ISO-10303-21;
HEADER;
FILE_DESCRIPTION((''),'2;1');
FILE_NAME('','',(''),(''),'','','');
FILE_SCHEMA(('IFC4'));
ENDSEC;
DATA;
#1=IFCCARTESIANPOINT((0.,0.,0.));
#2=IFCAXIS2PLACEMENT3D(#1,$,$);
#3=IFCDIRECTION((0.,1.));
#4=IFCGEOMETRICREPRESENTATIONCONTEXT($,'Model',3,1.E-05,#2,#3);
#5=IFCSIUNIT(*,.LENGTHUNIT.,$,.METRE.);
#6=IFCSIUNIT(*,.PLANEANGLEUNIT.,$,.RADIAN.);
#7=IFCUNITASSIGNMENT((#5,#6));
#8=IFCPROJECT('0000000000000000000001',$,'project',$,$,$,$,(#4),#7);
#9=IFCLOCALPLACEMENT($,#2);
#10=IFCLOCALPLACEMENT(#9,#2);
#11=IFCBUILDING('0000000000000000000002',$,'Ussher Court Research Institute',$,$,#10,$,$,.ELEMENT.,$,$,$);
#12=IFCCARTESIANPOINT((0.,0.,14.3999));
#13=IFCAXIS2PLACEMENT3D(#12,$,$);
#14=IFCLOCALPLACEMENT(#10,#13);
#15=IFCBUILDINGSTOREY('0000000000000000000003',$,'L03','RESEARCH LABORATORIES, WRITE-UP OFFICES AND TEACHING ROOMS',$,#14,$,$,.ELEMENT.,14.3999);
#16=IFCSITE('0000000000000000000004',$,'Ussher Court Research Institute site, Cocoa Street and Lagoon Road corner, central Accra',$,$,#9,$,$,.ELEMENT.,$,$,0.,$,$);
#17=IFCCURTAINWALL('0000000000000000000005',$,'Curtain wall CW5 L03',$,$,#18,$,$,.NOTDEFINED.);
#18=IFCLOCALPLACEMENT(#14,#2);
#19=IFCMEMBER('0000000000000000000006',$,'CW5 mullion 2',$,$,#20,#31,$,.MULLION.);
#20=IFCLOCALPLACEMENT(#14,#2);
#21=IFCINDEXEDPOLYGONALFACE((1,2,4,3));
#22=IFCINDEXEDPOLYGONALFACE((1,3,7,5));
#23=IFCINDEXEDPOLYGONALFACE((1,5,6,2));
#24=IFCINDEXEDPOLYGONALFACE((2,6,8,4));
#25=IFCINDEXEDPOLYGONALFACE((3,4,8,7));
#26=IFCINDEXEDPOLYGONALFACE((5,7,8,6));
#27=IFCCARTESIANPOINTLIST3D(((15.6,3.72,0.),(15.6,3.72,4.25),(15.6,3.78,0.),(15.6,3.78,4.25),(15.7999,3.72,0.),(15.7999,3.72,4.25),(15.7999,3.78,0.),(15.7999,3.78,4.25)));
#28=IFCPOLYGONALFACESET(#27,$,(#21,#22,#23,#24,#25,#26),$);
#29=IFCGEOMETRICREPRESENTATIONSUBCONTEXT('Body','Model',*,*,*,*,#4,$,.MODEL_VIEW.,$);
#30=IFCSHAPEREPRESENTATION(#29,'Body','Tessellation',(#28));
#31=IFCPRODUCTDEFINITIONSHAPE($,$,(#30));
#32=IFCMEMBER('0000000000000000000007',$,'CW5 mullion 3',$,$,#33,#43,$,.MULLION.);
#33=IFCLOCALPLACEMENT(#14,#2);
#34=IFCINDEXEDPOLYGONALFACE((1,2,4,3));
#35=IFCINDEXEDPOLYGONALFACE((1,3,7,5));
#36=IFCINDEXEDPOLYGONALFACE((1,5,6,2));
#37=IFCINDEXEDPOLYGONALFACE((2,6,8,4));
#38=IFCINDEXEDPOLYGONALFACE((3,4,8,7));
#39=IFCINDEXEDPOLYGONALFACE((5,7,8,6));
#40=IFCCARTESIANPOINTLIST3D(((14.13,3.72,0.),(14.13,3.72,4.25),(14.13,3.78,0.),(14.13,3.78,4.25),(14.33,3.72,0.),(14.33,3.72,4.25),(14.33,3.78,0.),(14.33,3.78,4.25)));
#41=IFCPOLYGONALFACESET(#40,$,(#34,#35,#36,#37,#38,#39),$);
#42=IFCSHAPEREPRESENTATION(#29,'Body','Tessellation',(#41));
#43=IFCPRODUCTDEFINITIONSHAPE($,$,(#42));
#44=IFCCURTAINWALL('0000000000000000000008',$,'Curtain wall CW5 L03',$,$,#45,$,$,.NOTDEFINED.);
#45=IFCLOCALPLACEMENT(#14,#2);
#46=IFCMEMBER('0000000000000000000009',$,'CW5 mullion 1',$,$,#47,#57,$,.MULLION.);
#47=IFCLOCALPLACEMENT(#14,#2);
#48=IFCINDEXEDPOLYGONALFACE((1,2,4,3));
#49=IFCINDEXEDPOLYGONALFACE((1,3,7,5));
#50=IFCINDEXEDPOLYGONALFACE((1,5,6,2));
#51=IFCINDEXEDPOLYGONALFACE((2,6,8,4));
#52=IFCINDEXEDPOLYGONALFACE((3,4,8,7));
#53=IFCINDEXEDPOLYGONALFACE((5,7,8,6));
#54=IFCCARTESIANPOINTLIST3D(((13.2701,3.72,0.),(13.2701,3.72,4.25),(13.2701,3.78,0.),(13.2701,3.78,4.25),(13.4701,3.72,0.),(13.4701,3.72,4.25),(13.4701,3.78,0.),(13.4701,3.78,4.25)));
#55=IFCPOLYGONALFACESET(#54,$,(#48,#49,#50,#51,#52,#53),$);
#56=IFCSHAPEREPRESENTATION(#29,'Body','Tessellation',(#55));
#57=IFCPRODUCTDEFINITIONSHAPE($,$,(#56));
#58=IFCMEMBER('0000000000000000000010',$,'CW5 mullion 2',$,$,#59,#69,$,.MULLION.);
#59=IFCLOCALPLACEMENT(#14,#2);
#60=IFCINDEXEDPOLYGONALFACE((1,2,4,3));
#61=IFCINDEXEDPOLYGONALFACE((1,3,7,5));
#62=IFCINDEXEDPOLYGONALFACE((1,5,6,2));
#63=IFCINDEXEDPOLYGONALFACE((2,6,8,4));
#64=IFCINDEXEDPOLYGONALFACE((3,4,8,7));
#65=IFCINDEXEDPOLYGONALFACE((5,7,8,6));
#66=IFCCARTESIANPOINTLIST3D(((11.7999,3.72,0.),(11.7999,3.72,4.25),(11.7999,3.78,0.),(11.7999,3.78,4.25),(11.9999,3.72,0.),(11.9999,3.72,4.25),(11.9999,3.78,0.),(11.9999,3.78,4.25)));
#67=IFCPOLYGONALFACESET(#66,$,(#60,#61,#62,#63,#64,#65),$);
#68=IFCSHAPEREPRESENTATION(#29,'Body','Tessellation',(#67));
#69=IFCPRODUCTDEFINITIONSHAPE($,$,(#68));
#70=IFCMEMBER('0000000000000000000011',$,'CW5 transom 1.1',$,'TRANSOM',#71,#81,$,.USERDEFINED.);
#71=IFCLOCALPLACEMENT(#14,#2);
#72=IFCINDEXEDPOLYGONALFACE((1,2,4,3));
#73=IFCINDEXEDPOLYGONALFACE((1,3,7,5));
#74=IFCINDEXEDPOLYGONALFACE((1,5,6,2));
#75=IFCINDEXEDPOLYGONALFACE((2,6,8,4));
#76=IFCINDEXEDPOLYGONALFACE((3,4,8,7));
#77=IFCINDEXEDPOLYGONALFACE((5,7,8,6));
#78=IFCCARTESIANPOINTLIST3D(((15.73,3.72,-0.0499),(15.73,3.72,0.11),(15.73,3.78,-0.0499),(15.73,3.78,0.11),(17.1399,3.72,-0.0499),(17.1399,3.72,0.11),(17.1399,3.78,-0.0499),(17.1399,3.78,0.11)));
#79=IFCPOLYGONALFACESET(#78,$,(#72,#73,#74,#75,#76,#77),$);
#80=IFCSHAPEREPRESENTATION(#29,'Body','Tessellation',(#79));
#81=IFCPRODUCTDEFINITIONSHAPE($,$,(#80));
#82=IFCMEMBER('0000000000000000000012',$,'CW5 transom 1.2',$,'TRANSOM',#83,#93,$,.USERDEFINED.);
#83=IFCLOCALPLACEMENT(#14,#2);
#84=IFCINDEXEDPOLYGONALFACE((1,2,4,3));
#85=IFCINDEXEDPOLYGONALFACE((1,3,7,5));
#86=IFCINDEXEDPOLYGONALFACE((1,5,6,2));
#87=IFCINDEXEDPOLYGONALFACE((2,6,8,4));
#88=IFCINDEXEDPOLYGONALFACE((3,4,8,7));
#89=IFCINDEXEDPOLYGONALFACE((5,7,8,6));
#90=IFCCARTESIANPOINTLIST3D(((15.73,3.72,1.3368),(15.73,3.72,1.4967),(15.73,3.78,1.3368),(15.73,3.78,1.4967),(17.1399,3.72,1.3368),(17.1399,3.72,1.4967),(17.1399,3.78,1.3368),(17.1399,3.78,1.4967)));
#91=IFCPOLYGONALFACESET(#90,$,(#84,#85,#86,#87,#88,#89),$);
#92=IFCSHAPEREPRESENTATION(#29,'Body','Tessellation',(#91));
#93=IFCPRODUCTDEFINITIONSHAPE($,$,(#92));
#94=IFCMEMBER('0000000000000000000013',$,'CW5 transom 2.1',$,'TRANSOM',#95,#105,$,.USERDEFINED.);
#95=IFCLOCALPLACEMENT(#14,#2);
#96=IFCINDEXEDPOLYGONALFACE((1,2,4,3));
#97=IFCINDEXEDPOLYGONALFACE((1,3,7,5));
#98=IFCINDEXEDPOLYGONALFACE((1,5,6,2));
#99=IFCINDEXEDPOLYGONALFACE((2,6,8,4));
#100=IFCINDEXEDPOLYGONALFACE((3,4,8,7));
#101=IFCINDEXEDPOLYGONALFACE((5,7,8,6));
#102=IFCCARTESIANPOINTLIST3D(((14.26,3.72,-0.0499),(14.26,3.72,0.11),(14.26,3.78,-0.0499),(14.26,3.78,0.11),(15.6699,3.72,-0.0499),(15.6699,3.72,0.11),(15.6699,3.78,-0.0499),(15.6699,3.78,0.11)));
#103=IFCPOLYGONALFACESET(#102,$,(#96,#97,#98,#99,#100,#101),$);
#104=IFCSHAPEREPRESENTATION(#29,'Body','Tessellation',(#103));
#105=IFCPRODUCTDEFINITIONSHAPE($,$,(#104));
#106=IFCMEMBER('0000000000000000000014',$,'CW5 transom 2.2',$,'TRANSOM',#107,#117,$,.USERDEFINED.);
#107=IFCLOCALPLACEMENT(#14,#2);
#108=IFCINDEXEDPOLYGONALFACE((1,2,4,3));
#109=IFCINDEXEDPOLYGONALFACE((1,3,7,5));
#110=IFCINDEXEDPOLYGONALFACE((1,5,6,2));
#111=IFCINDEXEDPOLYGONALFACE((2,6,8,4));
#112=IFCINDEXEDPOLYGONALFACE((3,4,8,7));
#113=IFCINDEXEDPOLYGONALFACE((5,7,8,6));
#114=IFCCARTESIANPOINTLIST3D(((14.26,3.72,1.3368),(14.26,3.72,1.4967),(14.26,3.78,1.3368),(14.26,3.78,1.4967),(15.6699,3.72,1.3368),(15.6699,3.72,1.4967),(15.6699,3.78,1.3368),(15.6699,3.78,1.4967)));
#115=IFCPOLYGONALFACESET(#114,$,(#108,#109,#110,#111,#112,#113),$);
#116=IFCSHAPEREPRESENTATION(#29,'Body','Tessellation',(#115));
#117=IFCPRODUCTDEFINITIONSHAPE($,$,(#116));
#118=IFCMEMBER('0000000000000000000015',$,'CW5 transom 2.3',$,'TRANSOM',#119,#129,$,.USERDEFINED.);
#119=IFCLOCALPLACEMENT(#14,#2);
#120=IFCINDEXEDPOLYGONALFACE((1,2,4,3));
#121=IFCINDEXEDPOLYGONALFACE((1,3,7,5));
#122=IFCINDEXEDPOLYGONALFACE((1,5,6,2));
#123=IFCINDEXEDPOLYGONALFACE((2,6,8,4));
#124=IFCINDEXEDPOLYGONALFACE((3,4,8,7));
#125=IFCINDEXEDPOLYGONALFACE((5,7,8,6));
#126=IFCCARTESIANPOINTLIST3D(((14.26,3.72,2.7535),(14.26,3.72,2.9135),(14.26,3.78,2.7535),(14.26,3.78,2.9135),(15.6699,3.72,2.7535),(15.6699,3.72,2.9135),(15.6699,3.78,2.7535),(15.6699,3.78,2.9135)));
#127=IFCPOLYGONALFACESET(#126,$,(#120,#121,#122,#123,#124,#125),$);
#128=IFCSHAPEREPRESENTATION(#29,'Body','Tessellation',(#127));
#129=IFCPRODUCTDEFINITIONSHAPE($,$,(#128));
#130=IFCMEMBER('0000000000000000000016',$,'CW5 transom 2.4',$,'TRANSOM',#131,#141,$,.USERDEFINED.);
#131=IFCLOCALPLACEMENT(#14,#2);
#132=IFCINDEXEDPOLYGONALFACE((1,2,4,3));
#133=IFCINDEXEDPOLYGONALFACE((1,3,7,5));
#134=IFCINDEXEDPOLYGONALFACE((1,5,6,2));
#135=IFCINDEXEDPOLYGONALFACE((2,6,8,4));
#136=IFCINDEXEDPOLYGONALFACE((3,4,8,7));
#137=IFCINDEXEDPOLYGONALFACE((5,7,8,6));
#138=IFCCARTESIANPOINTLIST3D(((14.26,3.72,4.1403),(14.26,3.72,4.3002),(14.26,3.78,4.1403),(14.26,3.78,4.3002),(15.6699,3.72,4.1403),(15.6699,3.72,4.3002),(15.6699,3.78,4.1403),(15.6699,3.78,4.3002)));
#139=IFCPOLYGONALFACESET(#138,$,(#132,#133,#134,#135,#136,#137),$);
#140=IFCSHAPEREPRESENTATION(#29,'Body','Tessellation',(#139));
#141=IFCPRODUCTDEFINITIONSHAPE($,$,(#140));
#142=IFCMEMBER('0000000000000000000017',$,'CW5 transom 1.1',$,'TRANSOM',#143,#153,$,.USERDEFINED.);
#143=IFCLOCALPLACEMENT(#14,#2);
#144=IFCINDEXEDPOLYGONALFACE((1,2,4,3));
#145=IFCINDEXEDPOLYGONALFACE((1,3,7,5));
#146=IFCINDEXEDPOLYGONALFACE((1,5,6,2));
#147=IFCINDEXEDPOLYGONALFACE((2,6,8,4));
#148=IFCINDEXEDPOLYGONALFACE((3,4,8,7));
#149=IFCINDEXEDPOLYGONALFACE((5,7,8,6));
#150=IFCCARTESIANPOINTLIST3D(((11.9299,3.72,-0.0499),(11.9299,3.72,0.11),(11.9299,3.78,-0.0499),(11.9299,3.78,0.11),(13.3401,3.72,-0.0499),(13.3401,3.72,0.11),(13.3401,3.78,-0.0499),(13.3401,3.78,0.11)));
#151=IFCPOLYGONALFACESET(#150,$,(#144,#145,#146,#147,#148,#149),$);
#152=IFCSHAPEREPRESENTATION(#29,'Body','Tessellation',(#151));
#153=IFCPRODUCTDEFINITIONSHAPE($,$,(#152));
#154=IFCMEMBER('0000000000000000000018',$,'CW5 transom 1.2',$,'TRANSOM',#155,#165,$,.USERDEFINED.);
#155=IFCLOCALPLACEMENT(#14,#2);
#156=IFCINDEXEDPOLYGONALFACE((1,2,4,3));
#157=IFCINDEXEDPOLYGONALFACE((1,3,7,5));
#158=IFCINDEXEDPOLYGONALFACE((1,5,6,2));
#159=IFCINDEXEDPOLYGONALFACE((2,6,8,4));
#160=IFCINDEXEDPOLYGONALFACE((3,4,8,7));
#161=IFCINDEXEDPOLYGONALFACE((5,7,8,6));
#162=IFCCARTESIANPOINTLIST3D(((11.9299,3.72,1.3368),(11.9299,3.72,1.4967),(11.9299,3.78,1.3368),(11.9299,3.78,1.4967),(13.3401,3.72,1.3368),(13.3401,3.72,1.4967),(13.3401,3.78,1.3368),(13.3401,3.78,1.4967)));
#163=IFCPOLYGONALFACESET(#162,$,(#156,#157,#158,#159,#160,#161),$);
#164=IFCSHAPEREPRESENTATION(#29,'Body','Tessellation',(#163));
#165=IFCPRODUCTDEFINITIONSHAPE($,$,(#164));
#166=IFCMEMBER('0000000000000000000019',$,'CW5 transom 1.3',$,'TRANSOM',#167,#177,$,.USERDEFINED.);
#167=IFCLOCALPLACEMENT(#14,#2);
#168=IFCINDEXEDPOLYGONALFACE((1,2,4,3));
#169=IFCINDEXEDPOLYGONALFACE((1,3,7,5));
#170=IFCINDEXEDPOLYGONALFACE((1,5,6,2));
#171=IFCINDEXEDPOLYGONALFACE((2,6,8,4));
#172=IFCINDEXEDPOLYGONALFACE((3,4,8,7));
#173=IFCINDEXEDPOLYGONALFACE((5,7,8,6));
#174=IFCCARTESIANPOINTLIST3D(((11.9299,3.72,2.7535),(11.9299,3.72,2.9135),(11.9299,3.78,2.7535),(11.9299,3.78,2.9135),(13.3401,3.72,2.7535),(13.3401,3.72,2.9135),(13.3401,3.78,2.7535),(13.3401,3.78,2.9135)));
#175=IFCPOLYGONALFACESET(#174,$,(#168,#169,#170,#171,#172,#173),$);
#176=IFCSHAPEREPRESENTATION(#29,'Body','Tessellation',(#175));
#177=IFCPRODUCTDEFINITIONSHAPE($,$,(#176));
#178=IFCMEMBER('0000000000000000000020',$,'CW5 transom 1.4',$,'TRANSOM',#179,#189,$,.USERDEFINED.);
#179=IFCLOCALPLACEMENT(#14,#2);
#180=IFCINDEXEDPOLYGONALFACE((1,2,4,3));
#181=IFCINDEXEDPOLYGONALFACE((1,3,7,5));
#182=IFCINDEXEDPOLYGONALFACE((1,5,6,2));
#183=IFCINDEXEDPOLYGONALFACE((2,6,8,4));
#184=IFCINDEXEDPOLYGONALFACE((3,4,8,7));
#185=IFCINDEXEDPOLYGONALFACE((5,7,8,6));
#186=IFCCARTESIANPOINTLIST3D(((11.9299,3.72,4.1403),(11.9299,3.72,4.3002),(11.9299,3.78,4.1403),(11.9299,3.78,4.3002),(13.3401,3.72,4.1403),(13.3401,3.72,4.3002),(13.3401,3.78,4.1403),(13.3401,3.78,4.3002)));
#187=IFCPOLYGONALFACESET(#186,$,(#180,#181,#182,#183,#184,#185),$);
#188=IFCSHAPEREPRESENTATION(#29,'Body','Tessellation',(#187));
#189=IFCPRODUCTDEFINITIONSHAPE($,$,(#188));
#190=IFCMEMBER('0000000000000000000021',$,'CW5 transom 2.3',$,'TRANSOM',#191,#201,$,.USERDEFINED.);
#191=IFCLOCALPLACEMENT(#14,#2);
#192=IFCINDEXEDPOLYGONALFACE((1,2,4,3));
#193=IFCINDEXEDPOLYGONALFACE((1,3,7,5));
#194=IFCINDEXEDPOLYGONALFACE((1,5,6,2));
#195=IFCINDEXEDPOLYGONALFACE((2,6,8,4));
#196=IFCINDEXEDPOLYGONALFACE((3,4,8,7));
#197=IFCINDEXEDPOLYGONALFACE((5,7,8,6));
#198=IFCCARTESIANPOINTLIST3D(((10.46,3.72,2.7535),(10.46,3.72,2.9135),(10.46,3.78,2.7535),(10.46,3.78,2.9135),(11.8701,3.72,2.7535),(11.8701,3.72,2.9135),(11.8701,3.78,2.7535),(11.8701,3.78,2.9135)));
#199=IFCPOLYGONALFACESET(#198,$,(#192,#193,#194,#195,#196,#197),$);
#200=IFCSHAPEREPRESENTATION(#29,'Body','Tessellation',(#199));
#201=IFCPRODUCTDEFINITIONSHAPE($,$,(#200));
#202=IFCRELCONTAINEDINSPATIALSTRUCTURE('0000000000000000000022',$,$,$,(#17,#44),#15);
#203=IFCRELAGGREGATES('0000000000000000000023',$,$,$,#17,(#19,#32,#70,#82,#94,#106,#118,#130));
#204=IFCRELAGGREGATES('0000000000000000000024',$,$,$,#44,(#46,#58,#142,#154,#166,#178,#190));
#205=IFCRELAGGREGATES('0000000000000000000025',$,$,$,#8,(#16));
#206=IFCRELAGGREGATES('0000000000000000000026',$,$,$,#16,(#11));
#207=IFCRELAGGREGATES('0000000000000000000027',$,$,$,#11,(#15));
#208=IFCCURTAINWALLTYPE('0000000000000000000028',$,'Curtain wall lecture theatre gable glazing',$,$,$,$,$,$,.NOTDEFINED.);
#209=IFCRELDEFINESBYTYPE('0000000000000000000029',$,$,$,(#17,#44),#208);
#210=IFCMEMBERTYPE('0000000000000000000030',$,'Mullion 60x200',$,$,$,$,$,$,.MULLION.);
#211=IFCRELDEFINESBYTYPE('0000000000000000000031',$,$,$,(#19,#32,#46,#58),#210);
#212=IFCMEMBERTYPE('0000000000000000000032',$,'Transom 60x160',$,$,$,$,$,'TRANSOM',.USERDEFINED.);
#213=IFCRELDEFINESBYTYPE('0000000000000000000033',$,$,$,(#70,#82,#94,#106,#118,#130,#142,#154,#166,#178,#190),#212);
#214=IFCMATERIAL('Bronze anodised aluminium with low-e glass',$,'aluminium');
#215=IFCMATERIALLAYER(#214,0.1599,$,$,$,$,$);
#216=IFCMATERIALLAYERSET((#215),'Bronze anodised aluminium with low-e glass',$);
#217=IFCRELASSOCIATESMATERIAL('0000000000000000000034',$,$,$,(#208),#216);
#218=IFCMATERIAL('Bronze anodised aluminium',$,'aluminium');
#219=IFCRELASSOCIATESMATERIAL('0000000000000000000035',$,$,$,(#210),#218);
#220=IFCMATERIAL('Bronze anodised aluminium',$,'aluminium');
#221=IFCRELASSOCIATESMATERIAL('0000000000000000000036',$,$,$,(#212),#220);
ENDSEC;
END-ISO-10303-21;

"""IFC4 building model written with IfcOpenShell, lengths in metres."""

from ifc_helpers import new_model, si_unit, direction, frame, origin, origin_2d, place, context, subcontext, project, spatial, rectangle, extrude, material, layer, layer_set, material_profile, profile_set, type_object, element, aggregate, save


model = new_model("IFC4")

# Units and contexts
model_context = context("Model", 3, precision=1e-05, world=origin(), true_north=direction((0.0, 1.0)))
body_context = subcontext(model_context, "Body", "Model", "MODEL_VIEW")
ifc_project = project(units=[si_unit("LENGTHUNIT", "METRE"), si_unit("PLANEANGLEUNIT", "RADIAN")], contexts=[model_context])

# Site, building, storey
site_placement = place(None, origin())
site = spatial("IfcSite", under=ifc_project, at=site_placement, Name="Ussher Court Research Institute site, Cocoa Street and Lagoon Road corner, central Accra", CompositionType="ELEMENT", RefElevation=0.0)
building_placement = place(site_placement, origin())
building = spatial("IfcBuilding", under=site, at=building_placement, Name="Ussher Court Research Institute", CompositionType="ELEMENT")
storey_placement = place(building_placement, frame((0.0, 0.0, 14.3999)))
storey = spatial("IfcBuildingStorey", under=building, at=storey_placement, Name="L03", Description="RESEARCH LABORATORIES, WRITE-UP OFFICES AND TEACHING ROOMS", CompositionType="ELEMENT", Elevation=14.3999)

# Curtain walls, members
ifc_material_1 = material(Name="Bronze anodised aluminium with low-e glass", Category="aluminium")
ifc_layer_1 = layer(ifc_material_1, 0.1599)
ifc_layer_set_1 = layer_set([ifc_layer_1], Name="Bronze anodised aluminium with low-e glass")
curtain_wall_type = type_object("IfcCurtainWallType", Name="Curtain wall lecture theatre gable glazing", PredefinedType="NOTDEFINED", material=ifc_layer_set_1)
curtain_wall_1_placement = place(storey_placement, origin())
curtain_wall_1 = element("IfcCurtainWall", 1, at=curtain_wall_1_placement, inside=storey, type_object=curtain_wall_type, Name="Curtain wall CW5 L03", PredefinedType="NOTDEFINED")
ifc_material_2 = material(Name="Bronze anodised aluminium", Category="aluminium")
ifc_material_profile_1 = material_profile(ifc_material_2, rectangle(XDim=0.0601, YDim=0.2, at=origin_2d()), Name="Mullion 60x200")
ifc_profile_set_1 = profile_set([ifc_material_profile_1], Name="Bronze anodised aluminium")
member_type_1 = type_object("IfcMemberType", Name="Mullion 60x200", PredefinedType="MULLION", material=ifc_profile_set_1)
member_1_placement = place(storey_placement, frame((15.7, 3.75, 0.0), z_axis=(0.0, 0.0, 1.0), x_axis=(0.0, -1.0, 0.0)))
member_1 = element("IfcMember", 2, at=member_1_placement, type_object=member_type_1, Name="CW5 mullion 2", PredefinedType="MULLION", context=body_context, shape_type="SweptSolid", body=[
    extrude(rectangle(XDim=0.0601, YDim=0.2, at=origin_2d()), origin(), (0.0, 0.0, 1.0), 4.25),
])
member_2_placement = place(storey_placement, frame((14.23, 3.75, 0.0), z_axis=(0.0, 0.0, 1.0), x_axis=(0.0, -1.0, 0.0)))
member_2 = element("IfcMember", 3, at=member_2_placement, type_object=member_type_1, Name="CW5 mullion 3", PredefinedType="MULLION", context=body_context, shape_type="SweptSolid", body=[
    extrude(rectangle(XDim=0.0601, YDim=0.2, at=origin_2d()), origin(), (0.0, 0.0, 1.0), 4.25),
])
curtain_wall_2_placement = place(storey_placement, origin())
curtain_wall_2 = element("IfcCurtainWall", 4, at=curtain_wall_2_placement, inside=storey, type_object=curtain_wall_type, Name="Curtain wall CW5 L03", PredefinedType="NOTDEFINED")
member_3_placement = place(storey_placement, frame((13.3701, 3.75, 0.0), z_axis=(0.0, 0.0, 1.0), x_axis=(0.0, -1.0, 0.0)))
member_3 = element("IfcMember", 5, at=member_3_placement, type_object=member_type_1, Name="CW5 mullion 1", PredefinedType="MULLION", context=body_context, shape_type="SweptSolid", body=[
    extrude(rectangle(XDim=0.0601, YDim=0.2, at=origin_2d()), origin(), (0.0, 0.0, 1.0), 4.25),
])
member_4_placement = place(storey_placement, frame((11.8999, 3.75, 0.0), z_axis=(0.0, 0.0, 1.0), x_axis=(0.0, -1.0, 0.0)))
member_4 = element("IfcMember", 6, at=member_4_placement, type_object=member_type_1, Name="CW5 mullion 2", PredefinedType="MULLION", context=body_context, shape_type="SweptSolid", body=[
    extrude(rectangle(XDim=0.0601, YDim=0.2, at=origin_2d()), origin(), (0.0, 0.0, 1.0), 4.25),
])

# Members
ifc_material_3 = material(Name="Bronze anodised aluminium", Category="aluminium")
ifc_material_profile_2 = material_profile(ifc_material_3, rectangle(XDim=0.0601, YDim=0.1599, at=origin_2d()), Name="Transom 60x160")
ifc_profile_set_2 = profile_set([ifc_material_profile_2], Name="Bronze anodised aluminium")
member_type_2 = type_object("IfcMemberType", Name="Transom 60x160", ElementType="TRANSOM", PredefinedType="USERDEFINED", material=ifc_profile_set_2)
member_5_placement = place(storey_placement, frame((17.1399, 3.75, 0.03), z_axis=(-1.0, 0.0, 0.0), x_axis=(0.0, -1.0, 0.0)))
member_5 = element("IfcMember", 7, at=member_5_placement, type_object=member_type_2, Name="CW5 transom 1.1", ObjectType="TRANSOM", PredefinedType="USERDEFINED", context=body_context, shape_type="SweptSolid", body=[
    extrude(rectangle(XDim=0.0601, YDim=0.1599, at=origin_2d()), origin(), (0.0, 0.0, 1.0), 1.4099),
])
member_6_placement = place(storey_placement, frame((17.1399, 3.75, 1.4167), z_axis=(-1.0, 0.0, 0.0), x_axis=(0.0, -1.0, 0.0)))
member_6 = element("IfcMember", 8, at=member_6_placement, type_object=member_type_2, Name="CW5 transom 1.2", ObjectType="TRANSOM", PredefinedType="USERDEFINED", context=body_context, shape_type="SweptSolid", body=[
    extrude(rectangle(XDim=0.0601, YDim=0.1599, at=origin_2d()), origin(), (0.0, 0.0, 1.0), 1.4099),
])
member_7_placement = place(storey_placement, frame((15.6699, 3.75, 0.03), z_axis=(-1.0, 0.0, 0.0), x_axis=(0.0, -1.0, 0.0)))
member_7 = element("IfcMember", 9, at=member_7_placement, type_object=member_type_2, Name="CW5 transom 2.1", ObjectType="TRANSOM", PredefinedType="USERDEFINED", context=body_context, shape_type="SweptSolid", body=[
    extrude(rectangle(XDim=0.0601, YDim=0.1599, at=origin_2d()), origin(), (0.0, 0.0, 1.0), 1.4099),
])
member_8_placement = place(storey_placement, frame((15.6699, 3.75, 1.4167), z_axis=(-1.0, 0.0, 0.0), x_axis=(0.0, -1.0, 0.0)))
member_8 = element("IfcMember", 10, at=member_8_placement, type_object=member_type_2, Name="CW5 transom 2.2", ObjectType="TRANSOM", PredefinedType="USERDEFINED", context=body_context, shape_type="SweptSolid", body=[
    extrude(rectangle(XDim=0.0601, YDim=0.1599, at=origin_2d()), origin(), (0.0, 0.0, 1.0), 1.4099),
])
member_9_placement = place(storey_placement, frame((15.6699, 3.75, 2.8335), z_axis=(-1.0, 0.0, 0.0), x_axis=(0.0, -1.0, 0.0)))
member_9 = element("IfcMember", 11, at=member_9_placement, type_object=member_type_2, Name="CW5 transom 2.3", ObjectType="TRANSOM", PredefinedType="USERDEFINED", context=body_context, shape_type="SweptSolid", body=[
    extrude(rectangle(XDim=0.0601, YDim=0.1599, at=origin_2d()), origin(), (0.0, 0.0, 1.0), 1.4099),
])
member_10_placement = place(storey_placement, frame((15.6699, 3.75, 4.2202), z_axis=(-1.0, 0.0, 0.0), x_axis=(0.0, -1.0, 0.0)))
member_10 = element("IfcMember", 12, at=member_10_placement, type_object=member_type_2, Name="CW5 transom 2.4", ObjectType="TRANSOM", PredefinedType="USERDEFINED", context=body_context, shape_type="SweptSolid", body=[
    extrude(rectangle(XDim=0.0601, YDim=0.1599, at=origin_2d()), origin(), (0.0, 0.0, 1.0), 1.4099),
])
member_11_placement = place(storey_placement, frame((13.3401, 3.75, 0.03), z_axis=(-1.0, 0.0, 0.0), x_axis=(0.0, -1.0, 0.0)))
member_11 = element("IfcMember", 13, at=member_11_placement, type_object=member_type_2, Name="CW5 transom 1.1", ObjectType="TRANSOM", PredefinedType="USERDEFINED", context=body_context, shape_type="SweptSolid", body=[
    extrude(rectangle(XDim=0.0601, YDim=0.1599, at=origin_2d()), origin(), (0.0, 0.0, 1.0), 1.4102),
])
member_12_placement = place(storey_placement, frame((13.3401, 3.75, 1.4167), z_axis=(-1.0, 0.0, 0.0), x_axis=(0.0, -1.0, 0.0)))
member_12 = element("IfcMember", 14, at=member_12_placement, type_object=member_type_2, Name="CW5 transom 1.2", ObjectType="TRANSOM", PredefinedType="USERDEFINED", context=body_context, shape_type="SweptSolid", body=[
    extrude(rectangle(XDim=0.0601, YDim=0.1599, at=origin_2d()), origin(), (0.0, 0.0, 1.0), 1.4102),
])
member_13_placement = place(storey_placement, frame((13.3401, 3.75, 2.8335), z_axis=(-1.0, 0.0, 0.0), x_axis=(0.0, -1.0, 0.0)))
member_13 = element("IfcMember", 15, at=member_13_placement, type_object=member_type_2, Name="CW5 transom 1.3", ObjectType="TRANSOM", PredefinedType="USERDEFINED", context=body_context, shape_type="SweptSolid", body=[
    extrude(rectangle(XDim=0.0601, YDim=0.1599, at=origin_2d()), origin(), (0.0, 0.0, 1.0), 1.4102),
])
member_14_placement = place(storey_placement, frame((13.3401, 3.75, 4.2202), z_axis=(-1.0, 0.0, 0.0), x_axis=(0.0, -1.0, 0.0)))
member_14 = element("IfcMember", 16, at=member_14_placement, type_object=member_type_2, Name="CW5 transom 1.4", ObjectType="TRANSOM", PredefinedType="USERDEFINED", context=body_context, shape_type="SweptSolid", body=[
    extrude(rectangle(XDim=0.0601, YDim=0.1599, at=origin_2d()), origin(), (0.0, 0.0, 1.0), 1.4102),
])
member_15_placement = place(storey_placement, frame((11.8701, 3.75, 2.8335), z_axis=(-1.0, 0.0, 0.0), x_axis=(0.0, -1.0, 0.0)))
member_15 = element("IfcMember", 17, at=member_15_placement, type_object=member_type_2, Name="CW5 transom 2.3", ObjectType="TRANSOM", PredefinedType="USERDEFINED", context=body_context, shape_type="SweptSolid", body=[
    extrude(rectangle(XDim=0.0601, YDim=0.1599, at=origin_2d()), origin(), (0.0, 0.0, 1.0), 1.4102),
])

aggregate(curtain_wall_1, [member_1, member_2, member_5, member_6, member_7, member_8, member_9, member_10])
aggregate(curtain_wall_2, [member_3, member_4, member_11, member_12, member_13, member_14, member_15])

save(model, "model.ifc")
